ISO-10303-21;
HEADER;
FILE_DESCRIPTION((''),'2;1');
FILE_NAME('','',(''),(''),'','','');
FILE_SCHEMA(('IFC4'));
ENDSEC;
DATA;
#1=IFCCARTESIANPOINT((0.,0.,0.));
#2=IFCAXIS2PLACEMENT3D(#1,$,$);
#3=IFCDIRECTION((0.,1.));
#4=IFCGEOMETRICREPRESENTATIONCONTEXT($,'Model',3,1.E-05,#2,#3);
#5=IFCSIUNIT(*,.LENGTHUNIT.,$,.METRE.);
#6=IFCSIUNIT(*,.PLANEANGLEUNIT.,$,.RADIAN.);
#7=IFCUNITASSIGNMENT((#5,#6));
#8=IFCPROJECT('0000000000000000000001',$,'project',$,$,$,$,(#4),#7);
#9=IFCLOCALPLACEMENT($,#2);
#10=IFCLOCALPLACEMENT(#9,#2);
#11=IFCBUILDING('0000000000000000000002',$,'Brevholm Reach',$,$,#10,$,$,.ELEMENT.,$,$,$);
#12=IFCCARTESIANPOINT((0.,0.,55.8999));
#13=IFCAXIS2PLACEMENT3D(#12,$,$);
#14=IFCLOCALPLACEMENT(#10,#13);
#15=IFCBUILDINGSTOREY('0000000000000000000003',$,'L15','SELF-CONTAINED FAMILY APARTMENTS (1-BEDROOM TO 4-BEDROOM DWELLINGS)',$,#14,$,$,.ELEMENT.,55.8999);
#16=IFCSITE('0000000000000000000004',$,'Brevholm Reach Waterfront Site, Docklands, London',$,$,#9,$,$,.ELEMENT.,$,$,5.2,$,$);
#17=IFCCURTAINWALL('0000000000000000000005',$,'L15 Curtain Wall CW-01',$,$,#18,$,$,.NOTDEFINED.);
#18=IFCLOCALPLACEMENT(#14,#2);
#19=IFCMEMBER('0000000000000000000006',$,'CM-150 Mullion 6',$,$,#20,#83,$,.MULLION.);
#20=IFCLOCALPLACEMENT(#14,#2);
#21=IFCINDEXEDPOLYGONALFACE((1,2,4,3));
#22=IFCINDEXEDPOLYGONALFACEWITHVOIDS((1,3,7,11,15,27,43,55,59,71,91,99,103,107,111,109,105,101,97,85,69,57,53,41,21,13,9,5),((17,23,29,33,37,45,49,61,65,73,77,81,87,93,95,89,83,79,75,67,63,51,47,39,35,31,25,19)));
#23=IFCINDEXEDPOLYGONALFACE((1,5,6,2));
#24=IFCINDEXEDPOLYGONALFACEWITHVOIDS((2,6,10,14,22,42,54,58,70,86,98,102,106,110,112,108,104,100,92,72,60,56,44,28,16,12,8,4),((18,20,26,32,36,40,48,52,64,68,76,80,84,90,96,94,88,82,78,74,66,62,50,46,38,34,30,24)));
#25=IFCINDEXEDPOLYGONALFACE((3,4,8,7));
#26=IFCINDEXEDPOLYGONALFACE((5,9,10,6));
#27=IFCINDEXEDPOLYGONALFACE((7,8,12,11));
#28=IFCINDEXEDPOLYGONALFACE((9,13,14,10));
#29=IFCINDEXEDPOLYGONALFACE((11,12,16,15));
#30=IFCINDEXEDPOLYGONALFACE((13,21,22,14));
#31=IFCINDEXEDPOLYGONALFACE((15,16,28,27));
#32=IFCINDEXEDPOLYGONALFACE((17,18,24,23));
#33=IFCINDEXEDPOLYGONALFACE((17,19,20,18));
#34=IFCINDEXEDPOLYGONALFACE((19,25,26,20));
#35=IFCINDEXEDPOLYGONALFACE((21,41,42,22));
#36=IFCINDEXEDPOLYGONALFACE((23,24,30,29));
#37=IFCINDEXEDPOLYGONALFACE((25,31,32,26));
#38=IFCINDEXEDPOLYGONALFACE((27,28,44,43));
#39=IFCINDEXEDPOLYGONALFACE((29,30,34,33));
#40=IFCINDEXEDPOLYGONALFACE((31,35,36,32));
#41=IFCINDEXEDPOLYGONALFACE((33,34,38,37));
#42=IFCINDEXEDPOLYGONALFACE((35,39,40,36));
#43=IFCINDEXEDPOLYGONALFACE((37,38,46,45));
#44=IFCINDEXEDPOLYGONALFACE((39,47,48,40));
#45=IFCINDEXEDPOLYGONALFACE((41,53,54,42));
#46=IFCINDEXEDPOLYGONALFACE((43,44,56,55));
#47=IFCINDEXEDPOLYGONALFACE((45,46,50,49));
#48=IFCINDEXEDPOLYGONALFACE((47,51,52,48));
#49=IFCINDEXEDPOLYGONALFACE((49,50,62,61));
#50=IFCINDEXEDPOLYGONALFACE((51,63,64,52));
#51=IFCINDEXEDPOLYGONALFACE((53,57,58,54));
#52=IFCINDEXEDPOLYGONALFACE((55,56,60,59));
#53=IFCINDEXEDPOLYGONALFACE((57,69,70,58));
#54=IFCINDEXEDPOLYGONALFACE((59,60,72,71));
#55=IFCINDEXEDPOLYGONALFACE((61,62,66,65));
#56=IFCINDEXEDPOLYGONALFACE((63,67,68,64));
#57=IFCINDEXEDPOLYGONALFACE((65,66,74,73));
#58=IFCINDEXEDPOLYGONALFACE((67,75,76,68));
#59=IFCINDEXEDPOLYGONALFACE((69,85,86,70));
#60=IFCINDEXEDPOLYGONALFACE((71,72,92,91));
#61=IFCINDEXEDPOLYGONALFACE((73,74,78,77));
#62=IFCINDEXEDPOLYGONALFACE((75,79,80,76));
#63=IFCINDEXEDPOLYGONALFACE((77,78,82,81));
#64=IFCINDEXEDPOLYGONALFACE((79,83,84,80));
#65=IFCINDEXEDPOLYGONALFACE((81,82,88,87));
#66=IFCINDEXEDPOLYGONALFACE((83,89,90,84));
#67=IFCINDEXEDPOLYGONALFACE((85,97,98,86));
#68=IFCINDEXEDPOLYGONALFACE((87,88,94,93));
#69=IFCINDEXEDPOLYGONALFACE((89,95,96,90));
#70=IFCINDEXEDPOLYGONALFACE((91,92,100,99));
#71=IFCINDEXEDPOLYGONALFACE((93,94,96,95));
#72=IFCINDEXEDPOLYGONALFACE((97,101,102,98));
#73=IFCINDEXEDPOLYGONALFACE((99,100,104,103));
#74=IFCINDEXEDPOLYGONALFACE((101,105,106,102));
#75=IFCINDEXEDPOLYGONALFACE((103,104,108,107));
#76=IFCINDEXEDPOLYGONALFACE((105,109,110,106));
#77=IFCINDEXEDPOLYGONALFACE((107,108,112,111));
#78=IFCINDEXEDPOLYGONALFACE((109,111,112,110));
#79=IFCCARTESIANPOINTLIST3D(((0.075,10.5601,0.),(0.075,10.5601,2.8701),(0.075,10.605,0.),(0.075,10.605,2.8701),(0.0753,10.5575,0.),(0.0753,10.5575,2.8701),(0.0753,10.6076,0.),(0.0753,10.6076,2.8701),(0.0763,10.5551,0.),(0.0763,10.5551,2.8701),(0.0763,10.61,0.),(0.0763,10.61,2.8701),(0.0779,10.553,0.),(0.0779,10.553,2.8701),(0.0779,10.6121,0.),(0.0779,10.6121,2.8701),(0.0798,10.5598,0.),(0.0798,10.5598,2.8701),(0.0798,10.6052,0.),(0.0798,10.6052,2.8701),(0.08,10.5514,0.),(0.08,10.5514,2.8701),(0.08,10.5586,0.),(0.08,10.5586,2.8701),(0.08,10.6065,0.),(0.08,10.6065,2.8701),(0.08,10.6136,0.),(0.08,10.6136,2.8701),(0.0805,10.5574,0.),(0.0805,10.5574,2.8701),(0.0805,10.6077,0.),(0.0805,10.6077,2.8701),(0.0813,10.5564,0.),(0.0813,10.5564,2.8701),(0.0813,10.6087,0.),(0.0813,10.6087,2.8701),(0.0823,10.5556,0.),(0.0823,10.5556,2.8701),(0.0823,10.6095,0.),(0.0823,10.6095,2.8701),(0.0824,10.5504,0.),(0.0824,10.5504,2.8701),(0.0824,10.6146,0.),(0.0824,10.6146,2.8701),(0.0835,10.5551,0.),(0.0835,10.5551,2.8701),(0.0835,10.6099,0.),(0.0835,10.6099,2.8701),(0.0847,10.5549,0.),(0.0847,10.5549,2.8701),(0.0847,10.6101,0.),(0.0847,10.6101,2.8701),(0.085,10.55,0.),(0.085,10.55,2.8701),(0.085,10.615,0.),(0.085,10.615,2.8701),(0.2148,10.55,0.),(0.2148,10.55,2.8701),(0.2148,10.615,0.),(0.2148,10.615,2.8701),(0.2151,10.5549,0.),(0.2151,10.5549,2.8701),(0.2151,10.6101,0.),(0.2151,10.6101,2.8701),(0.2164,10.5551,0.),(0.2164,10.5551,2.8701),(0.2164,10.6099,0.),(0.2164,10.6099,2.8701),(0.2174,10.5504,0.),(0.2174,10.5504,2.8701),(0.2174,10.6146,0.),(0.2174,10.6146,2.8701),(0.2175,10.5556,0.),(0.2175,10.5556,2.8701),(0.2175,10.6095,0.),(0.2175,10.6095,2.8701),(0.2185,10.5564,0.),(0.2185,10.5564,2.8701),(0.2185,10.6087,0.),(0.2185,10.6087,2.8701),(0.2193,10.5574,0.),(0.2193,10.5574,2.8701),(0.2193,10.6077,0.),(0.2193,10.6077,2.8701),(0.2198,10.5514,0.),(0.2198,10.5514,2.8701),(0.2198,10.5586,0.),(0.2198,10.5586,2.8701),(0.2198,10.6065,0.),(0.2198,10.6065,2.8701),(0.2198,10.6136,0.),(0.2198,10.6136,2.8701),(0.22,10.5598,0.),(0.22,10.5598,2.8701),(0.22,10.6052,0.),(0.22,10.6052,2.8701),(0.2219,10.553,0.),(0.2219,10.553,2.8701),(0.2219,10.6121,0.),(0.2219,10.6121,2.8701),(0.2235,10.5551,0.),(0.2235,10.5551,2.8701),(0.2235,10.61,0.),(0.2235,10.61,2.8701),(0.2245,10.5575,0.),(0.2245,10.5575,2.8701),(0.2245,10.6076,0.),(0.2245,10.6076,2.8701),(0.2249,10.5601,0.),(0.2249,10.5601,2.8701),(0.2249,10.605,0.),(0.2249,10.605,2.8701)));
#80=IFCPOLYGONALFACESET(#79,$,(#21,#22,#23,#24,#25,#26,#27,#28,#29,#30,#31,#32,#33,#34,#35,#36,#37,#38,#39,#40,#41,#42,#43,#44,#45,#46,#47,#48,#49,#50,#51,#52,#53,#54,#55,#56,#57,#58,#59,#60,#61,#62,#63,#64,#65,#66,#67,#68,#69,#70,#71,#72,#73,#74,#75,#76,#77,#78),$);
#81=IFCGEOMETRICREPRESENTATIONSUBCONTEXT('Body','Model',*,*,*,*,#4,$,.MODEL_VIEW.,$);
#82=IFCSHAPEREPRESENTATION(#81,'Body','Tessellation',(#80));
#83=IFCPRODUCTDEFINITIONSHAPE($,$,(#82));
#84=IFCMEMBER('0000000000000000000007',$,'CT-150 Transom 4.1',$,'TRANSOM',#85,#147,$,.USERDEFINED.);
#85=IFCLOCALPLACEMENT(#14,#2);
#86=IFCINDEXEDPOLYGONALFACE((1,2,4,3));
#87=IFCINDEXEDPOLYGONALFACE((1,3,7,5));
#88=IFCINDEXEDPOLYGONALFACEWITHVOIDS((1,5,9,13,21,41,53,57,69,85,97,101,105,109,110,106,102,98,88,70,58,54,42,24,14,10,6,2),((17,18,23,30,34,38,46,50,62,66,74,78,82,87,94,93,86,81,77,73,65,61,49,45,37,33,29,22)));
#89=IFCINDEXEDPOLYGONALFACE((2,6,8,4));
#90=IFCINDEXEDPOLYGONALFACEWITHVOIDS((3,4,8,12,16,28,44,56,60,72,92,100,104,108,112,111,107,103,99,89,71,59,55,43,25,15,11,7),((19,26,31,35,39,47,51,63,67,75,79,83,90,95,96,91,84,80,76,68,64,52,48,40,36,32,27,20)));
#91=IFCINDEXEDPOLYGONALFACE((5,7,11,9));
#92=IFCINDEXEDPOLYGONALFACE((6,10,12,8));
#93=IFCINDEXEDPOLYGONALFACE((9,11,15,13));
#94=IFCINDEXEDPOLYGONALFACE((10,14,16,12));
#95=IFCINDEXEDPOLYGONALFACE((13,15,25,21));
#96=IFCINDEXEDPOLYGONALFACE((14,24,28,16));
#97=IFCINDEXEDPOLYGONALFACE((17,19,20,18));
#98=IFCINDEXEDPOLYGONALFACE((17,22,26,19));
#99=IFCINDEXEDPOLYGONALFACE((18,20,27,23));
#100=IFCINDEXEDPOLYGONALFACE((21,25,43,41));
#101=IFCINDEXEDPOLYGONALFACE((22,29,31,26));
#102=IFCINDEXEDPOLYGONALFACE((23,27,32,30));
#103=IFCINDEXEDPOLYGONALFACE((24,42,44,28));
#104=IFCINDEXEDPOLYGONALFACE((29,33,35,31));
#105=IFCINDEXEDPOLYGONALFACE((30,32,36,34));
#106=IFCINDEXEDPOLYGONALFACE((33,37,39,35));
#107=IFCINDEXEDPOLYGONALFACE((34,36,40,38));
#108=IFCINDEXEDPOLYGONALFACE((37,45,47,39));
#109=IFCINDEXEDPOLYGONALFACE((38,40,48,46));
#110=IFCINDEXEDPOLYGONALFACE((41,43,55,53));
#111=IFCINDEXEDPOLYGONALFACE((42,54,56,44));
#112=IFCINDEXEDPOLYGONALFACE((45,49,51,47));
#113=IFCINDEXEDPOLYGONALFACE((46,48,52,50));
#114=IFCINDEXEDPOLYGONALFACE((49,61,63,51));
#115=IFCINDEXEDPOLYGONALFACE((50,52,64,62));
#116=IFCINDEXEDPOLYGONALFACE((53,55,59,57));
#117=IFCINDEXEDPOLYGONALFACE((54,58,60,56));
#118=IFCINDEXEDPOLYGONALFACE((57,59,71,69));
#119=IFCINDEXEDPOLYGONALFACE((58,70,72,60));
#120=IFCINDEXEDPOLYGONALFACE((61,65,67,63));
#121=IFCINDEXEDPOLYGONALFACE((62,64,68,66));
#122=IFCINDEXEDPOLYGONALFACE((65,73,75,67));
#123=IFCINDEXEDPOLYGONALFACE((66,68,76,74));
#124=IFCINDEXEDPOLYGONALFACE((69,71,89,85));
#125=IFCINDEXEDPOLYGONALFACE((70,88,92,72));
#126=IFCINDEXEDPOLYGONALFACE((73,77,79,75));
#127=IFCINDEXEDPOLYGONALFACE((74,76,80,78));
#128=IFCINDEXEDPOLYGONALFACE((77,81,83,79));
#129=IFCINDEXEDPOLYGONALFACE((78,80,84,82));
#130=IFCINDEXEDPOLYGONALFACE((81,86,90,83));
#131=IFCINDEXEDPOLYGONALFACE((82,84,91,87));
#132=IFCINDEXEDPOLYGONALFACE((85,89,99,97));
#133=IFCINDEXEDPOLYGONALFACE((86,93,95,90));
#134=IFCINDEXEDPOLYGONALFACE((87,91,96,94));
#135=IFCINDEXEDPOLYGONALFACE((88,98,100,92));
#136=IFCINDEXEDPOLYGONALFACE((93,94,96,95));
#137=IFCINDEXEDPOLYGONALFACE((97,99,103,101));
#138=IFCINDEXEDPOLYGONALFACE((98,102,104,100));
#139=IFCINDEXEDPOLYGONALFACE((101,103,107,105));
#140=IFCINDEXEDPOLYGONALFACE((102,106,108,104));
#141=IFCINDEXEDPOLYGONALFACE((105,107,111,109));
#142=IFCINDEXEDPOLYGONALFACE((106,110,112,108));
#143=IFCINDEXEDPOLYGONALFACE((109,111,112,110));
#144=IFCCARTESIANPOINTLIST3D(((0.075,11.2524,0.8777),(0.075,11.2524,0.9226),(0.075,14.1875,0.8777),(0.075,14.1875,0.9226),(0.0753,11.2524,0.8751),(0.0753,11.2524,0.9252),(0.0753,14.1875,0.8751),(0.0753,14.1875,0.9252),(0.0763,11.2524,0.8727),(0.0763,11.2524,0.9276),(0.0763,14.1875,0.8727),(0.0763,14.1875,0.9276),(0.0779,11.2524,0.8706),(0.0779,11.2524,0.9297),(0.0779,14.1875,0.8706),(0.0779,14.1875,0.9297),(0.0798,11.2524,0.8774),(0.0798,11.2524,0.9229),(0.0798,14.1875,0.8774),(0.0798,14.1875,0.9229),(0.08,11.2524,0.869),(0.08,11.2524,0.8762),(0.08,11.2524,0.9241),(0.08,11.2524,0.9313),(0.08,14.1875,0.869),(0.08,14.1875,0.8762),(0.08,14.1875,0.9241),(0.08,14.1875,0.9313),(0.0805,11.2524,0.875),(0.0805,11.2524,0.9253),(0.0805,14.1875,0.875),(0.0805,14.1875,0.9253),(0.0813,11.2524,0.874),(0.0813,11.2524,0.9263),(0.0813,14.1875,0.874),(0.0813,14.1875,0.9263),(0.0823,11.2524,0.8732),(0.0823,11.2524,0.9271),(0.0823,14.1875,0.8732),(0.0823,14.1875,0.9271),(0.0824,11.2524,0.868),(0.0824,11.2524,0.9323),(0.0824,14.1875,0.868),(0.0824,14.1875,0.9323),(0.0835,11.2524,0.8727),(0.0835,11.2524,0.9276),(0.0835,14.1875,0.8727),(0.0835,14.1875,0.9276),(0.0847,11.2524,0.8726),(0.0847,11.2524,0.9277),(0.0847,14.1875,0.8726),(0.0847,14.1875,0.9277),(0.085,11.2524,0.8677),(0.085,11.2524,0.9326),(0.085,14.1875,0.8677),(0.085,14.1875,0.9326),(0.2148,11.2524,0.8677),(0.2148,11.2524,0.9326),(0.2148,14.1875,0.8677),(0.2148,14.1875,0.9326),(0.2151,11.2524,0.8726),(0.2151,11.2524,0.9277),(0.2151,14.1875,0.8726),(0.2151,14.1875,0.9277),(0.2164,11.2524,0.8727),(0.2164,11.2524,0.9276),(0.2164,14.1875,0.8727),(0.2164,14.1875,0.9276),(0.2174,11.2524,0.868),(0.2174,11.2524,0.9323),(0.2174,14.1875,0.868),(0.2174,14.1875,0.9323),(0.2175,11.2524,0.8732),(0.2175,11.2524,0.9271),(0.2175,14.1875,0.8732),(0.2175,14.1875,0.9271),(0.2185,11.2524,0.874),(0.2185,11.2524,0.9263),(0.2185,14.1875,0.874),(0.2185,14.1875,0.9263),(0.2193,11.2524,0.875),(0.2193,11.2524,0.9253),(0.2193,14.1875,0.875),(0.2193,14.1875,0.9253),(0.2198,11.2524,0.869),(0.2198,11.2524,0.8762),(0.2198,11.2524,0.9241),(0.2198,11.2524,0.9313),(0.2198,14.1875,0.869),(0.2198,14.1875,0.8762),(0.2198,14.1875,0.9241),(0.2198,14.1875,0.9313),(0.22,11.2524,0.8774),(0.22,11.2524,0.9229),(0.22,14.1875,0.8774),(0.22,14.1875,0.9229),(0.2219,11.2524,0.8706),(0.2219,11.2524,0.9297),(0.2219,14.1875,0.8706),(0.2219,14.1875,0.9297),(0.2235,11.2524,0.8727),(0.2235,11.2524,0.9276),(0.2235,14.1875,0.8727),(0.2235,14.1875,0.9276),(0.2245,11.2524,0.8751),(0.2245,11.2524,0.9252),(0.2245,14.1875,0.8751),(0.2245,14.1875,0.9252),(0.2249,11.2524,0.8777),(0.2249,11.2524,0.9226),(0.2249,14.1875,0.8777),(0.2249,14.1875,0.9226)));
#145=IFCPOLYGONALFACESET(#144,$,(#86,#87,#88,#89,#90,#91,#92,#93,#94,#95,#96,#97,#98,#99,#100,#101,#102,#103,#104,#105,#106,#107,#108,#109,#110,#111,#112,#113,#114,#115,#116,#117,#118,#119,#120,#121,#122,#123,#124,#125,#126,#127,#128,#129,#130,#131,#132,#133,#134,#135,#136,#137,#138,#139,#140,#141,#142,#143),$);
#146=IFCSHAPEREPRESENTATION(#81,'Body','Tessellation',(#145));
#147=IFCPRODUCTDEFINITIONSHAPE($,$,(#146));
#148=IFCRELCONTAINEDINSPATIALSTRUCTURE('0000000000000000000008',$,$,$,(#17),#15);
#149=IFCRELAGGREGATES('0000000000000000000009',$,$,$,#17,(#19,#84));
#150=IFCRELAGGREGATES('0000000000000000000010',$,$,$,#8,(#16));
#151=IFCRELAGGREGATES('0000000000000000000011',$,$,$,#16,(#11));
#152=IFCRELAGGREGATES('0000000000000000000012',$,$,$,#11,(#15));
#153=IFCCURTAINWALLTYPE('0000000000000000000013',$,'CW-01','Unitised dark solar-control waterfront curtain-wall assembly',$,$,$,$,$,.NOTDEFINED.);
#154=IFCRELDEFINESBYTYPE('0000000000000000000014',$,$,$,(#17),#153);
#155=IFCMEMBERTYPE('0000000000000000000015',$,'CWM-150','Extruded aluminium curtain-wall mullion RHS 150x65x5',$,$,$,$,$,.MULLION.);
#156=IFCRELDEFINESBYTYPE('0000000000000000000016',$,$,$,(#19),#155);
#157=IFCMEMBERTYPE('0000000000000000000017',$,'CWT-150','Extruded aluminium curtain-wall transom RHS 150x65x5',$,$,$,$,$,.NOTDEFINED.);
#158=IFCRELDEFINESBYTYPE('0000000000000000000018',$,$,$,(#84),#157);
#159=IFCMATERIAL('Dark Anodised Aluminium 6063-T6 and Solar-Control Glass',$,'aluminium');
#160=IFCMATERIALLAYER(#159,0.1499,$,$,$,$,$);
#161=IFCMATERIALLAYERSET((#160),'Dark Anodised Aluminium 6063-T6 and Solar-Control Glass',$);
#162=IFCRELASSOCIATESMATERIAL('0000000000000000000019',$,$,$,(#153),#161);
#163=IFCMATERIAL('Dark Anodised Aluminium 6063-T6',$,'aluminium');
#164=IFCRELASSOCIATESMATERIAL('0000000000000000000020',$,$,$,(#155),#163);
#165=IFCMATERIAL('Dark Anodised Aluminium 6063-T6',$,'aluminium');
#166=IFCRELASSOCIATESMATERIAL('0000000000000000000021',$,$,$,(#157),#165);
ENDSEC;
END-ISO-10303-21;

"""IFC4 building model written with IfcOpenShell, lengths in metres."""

from ifc_helpers import new_model, si_unit, direction, frame, origin, origin_2d, place, context, subcontext, project, spatial, hollow_rectangle, extrude, material, layer, layer_set, material_profile, profile_set, type_object, element, aggregate, save


model = new_model("IFC4")

# Units and contexts
model_context = context("Model", 3, precision=1e-05, world=origin(), true_north=direction((0.0, 1.0)))
body_context = subcontext(model_context, "Body", "Model", "MODEL_VIEW")
ifc_project = project(units=[si_unit("LENGTHUNIT", "METRE"), si_unit("PLANEANGLEUNIT", "RADIAN")], contexts=[model_context])

# Site, building, storey
site_placement = place(None, origin())
site = spatial("IfcSite", under=ifc_project, at=site_placement, Name="Brevholm Reach Waterfront Site, Docklands, London", CompositionType="ELEMENT", RefElevation=5.2)
building_placement = place(site_placement, origin())
building = spatial("IfcBuilding", under=site, at=building_placement, Name="Brevholm Reach", CompositionType="ELEMENT")
storey_placement = place(building_placement, frame((0.0, 0.0, 55.8999)))
storey = spatial("IfcBuildingStorey", under=building, at=storey_placement, Name="L15", Description="SELF-CONTAINED FAMILY APARTMENTS (1-BEDROOM TO 4-BEDROOM DWELLINGS)", CompositionType="ELEMENT", Elevation=55.8999)

# Curtain wall, members
ifc_material_1 = material(Name="Dark Anodised Aluminium 6063-T6 and Solar-Control Glass", Category="aluminium")
ifc_layer_1 = layer(ifc_material_1, 0.1499)
ifc_layer_set_1 = layer_set([ifc_layer_1], Name="Dark Anodised Aluminium 6063-T6 and Solar-Control Glass")
curtain_wall_type = type_object("IfcCurtainWallType", Name="CW-01", Description="Unitised dark solar-control waterfront curtain-wall assembly", PredefinedType="NOTDEFINED", material=ifc_layer_set_1)
curtain_wall_placement = place(storey_placement, origin())
curtain_wall = element("IfcCurtainWall", 1, at=curtain_wall_placement, inside=storey, type_object=curtain_wall_type, Name="L15 Curtain Wall CW-01", PredefinedType="NOTDEFINED")
ifc_material_2 = material(Name="Dark Anodised Aluminium 6063-T6", Category="aluminium")
ifc_material_profile_1 = material_profile(ifc_material_2, hollow_rectangle(XDim=0.0649, YDim=0.1499, WallThickness=0.0049, InnerFilletRadius=0.0049, OuterFilletRadius=0.01, at=origin_2d()), Name="RHS 150x65x5")
ifc_profile_set_1 = profile_set([ifc_material_profile_1], Name="Dark Anodised Aluminium 6063-T6")
member_type_1 = type_object("IfcMemberType", Name="CWM-150", Description="Extruded aluminium curtain-wall mullion RHS 150x65x5", PredefinedType="MULLION", material=ifc_profile_set_1)
member_1_placement = place(storey_placement, frame((0.1499, 10.5825, 0.0), z_axis=(0.0, 0.0, 1.0), x_axis=(0.0, -1.0, 0.0)))
member_1 = element("IfcMember", 2, at=member_1_placement, type_object=member_type_1, Name="CM-150 Mullion 6", PredefinedType="MULLION", context=body_context, shape_type="SweptSolid", body=[
    extrude(hollow_rectangle(XDim=0.0649, YDim=0.1499, WallThickness=0.0049, InnerFilletRadius=0.0049, OuterFilletRadius=0.01, at=origin_2d()), origin(), (0.0, 0.0, 1.0), 2.8701),
])
ifc_material_3 = material(Name="Dark Anodised Aluminium 6063-T6", Category="aluminium")
ifc_material_profile_2 = material_profile(ifc_material_3, hollow_rectangle(XDim=0.0649, YDim=0.1499, WallThickness=0.0049, InnerFilletRadius=0.0049, OuterFilletRadius=0.01, at=origin_2d()), Name="RHS 150x65x5")
ifc_profile_set_2 = profile_set([ifc_material_profile_2], Name="Dark Anodised Aluminium 6063-T6")
member_type_2 = type_object("IfcMemberType", Name="CWT-150", Description="Extruded aluminium curtain-wall transom RHS 150x65x5", PredefinedType="NOTDEFINED", material=ifc_profile_set_2)
member_2_placement = place(storey_placement, frame((0.1499, 14.1875, 0.9001), z_axis=(0.0, -1.0, 0.0), x_axis=(0.0, 0.0, 1.0)))
member_2 = element("IfcMember", 3, at=member_2_placement, type_object=member_type_2, Name="CT-150 Transom 4.1", ObjectType="TRANSOM", PredefinedType="USERDEFINED", context=body_context, shape_type="SweptSolid", body=[
    extrude(hollow_rectangle(XDim=0.0649, YDim=0.1499, WallThickness=0.0049, InnerFilletRadius=0.0049, OuterFilletRadius=0.01, at=origin_2d()), origin(), (0.0, 0.0, 1.0), 2.9351),
])
aggregate(curtain_wall, [member_1, member_2])

save(model, "model.ifc")
